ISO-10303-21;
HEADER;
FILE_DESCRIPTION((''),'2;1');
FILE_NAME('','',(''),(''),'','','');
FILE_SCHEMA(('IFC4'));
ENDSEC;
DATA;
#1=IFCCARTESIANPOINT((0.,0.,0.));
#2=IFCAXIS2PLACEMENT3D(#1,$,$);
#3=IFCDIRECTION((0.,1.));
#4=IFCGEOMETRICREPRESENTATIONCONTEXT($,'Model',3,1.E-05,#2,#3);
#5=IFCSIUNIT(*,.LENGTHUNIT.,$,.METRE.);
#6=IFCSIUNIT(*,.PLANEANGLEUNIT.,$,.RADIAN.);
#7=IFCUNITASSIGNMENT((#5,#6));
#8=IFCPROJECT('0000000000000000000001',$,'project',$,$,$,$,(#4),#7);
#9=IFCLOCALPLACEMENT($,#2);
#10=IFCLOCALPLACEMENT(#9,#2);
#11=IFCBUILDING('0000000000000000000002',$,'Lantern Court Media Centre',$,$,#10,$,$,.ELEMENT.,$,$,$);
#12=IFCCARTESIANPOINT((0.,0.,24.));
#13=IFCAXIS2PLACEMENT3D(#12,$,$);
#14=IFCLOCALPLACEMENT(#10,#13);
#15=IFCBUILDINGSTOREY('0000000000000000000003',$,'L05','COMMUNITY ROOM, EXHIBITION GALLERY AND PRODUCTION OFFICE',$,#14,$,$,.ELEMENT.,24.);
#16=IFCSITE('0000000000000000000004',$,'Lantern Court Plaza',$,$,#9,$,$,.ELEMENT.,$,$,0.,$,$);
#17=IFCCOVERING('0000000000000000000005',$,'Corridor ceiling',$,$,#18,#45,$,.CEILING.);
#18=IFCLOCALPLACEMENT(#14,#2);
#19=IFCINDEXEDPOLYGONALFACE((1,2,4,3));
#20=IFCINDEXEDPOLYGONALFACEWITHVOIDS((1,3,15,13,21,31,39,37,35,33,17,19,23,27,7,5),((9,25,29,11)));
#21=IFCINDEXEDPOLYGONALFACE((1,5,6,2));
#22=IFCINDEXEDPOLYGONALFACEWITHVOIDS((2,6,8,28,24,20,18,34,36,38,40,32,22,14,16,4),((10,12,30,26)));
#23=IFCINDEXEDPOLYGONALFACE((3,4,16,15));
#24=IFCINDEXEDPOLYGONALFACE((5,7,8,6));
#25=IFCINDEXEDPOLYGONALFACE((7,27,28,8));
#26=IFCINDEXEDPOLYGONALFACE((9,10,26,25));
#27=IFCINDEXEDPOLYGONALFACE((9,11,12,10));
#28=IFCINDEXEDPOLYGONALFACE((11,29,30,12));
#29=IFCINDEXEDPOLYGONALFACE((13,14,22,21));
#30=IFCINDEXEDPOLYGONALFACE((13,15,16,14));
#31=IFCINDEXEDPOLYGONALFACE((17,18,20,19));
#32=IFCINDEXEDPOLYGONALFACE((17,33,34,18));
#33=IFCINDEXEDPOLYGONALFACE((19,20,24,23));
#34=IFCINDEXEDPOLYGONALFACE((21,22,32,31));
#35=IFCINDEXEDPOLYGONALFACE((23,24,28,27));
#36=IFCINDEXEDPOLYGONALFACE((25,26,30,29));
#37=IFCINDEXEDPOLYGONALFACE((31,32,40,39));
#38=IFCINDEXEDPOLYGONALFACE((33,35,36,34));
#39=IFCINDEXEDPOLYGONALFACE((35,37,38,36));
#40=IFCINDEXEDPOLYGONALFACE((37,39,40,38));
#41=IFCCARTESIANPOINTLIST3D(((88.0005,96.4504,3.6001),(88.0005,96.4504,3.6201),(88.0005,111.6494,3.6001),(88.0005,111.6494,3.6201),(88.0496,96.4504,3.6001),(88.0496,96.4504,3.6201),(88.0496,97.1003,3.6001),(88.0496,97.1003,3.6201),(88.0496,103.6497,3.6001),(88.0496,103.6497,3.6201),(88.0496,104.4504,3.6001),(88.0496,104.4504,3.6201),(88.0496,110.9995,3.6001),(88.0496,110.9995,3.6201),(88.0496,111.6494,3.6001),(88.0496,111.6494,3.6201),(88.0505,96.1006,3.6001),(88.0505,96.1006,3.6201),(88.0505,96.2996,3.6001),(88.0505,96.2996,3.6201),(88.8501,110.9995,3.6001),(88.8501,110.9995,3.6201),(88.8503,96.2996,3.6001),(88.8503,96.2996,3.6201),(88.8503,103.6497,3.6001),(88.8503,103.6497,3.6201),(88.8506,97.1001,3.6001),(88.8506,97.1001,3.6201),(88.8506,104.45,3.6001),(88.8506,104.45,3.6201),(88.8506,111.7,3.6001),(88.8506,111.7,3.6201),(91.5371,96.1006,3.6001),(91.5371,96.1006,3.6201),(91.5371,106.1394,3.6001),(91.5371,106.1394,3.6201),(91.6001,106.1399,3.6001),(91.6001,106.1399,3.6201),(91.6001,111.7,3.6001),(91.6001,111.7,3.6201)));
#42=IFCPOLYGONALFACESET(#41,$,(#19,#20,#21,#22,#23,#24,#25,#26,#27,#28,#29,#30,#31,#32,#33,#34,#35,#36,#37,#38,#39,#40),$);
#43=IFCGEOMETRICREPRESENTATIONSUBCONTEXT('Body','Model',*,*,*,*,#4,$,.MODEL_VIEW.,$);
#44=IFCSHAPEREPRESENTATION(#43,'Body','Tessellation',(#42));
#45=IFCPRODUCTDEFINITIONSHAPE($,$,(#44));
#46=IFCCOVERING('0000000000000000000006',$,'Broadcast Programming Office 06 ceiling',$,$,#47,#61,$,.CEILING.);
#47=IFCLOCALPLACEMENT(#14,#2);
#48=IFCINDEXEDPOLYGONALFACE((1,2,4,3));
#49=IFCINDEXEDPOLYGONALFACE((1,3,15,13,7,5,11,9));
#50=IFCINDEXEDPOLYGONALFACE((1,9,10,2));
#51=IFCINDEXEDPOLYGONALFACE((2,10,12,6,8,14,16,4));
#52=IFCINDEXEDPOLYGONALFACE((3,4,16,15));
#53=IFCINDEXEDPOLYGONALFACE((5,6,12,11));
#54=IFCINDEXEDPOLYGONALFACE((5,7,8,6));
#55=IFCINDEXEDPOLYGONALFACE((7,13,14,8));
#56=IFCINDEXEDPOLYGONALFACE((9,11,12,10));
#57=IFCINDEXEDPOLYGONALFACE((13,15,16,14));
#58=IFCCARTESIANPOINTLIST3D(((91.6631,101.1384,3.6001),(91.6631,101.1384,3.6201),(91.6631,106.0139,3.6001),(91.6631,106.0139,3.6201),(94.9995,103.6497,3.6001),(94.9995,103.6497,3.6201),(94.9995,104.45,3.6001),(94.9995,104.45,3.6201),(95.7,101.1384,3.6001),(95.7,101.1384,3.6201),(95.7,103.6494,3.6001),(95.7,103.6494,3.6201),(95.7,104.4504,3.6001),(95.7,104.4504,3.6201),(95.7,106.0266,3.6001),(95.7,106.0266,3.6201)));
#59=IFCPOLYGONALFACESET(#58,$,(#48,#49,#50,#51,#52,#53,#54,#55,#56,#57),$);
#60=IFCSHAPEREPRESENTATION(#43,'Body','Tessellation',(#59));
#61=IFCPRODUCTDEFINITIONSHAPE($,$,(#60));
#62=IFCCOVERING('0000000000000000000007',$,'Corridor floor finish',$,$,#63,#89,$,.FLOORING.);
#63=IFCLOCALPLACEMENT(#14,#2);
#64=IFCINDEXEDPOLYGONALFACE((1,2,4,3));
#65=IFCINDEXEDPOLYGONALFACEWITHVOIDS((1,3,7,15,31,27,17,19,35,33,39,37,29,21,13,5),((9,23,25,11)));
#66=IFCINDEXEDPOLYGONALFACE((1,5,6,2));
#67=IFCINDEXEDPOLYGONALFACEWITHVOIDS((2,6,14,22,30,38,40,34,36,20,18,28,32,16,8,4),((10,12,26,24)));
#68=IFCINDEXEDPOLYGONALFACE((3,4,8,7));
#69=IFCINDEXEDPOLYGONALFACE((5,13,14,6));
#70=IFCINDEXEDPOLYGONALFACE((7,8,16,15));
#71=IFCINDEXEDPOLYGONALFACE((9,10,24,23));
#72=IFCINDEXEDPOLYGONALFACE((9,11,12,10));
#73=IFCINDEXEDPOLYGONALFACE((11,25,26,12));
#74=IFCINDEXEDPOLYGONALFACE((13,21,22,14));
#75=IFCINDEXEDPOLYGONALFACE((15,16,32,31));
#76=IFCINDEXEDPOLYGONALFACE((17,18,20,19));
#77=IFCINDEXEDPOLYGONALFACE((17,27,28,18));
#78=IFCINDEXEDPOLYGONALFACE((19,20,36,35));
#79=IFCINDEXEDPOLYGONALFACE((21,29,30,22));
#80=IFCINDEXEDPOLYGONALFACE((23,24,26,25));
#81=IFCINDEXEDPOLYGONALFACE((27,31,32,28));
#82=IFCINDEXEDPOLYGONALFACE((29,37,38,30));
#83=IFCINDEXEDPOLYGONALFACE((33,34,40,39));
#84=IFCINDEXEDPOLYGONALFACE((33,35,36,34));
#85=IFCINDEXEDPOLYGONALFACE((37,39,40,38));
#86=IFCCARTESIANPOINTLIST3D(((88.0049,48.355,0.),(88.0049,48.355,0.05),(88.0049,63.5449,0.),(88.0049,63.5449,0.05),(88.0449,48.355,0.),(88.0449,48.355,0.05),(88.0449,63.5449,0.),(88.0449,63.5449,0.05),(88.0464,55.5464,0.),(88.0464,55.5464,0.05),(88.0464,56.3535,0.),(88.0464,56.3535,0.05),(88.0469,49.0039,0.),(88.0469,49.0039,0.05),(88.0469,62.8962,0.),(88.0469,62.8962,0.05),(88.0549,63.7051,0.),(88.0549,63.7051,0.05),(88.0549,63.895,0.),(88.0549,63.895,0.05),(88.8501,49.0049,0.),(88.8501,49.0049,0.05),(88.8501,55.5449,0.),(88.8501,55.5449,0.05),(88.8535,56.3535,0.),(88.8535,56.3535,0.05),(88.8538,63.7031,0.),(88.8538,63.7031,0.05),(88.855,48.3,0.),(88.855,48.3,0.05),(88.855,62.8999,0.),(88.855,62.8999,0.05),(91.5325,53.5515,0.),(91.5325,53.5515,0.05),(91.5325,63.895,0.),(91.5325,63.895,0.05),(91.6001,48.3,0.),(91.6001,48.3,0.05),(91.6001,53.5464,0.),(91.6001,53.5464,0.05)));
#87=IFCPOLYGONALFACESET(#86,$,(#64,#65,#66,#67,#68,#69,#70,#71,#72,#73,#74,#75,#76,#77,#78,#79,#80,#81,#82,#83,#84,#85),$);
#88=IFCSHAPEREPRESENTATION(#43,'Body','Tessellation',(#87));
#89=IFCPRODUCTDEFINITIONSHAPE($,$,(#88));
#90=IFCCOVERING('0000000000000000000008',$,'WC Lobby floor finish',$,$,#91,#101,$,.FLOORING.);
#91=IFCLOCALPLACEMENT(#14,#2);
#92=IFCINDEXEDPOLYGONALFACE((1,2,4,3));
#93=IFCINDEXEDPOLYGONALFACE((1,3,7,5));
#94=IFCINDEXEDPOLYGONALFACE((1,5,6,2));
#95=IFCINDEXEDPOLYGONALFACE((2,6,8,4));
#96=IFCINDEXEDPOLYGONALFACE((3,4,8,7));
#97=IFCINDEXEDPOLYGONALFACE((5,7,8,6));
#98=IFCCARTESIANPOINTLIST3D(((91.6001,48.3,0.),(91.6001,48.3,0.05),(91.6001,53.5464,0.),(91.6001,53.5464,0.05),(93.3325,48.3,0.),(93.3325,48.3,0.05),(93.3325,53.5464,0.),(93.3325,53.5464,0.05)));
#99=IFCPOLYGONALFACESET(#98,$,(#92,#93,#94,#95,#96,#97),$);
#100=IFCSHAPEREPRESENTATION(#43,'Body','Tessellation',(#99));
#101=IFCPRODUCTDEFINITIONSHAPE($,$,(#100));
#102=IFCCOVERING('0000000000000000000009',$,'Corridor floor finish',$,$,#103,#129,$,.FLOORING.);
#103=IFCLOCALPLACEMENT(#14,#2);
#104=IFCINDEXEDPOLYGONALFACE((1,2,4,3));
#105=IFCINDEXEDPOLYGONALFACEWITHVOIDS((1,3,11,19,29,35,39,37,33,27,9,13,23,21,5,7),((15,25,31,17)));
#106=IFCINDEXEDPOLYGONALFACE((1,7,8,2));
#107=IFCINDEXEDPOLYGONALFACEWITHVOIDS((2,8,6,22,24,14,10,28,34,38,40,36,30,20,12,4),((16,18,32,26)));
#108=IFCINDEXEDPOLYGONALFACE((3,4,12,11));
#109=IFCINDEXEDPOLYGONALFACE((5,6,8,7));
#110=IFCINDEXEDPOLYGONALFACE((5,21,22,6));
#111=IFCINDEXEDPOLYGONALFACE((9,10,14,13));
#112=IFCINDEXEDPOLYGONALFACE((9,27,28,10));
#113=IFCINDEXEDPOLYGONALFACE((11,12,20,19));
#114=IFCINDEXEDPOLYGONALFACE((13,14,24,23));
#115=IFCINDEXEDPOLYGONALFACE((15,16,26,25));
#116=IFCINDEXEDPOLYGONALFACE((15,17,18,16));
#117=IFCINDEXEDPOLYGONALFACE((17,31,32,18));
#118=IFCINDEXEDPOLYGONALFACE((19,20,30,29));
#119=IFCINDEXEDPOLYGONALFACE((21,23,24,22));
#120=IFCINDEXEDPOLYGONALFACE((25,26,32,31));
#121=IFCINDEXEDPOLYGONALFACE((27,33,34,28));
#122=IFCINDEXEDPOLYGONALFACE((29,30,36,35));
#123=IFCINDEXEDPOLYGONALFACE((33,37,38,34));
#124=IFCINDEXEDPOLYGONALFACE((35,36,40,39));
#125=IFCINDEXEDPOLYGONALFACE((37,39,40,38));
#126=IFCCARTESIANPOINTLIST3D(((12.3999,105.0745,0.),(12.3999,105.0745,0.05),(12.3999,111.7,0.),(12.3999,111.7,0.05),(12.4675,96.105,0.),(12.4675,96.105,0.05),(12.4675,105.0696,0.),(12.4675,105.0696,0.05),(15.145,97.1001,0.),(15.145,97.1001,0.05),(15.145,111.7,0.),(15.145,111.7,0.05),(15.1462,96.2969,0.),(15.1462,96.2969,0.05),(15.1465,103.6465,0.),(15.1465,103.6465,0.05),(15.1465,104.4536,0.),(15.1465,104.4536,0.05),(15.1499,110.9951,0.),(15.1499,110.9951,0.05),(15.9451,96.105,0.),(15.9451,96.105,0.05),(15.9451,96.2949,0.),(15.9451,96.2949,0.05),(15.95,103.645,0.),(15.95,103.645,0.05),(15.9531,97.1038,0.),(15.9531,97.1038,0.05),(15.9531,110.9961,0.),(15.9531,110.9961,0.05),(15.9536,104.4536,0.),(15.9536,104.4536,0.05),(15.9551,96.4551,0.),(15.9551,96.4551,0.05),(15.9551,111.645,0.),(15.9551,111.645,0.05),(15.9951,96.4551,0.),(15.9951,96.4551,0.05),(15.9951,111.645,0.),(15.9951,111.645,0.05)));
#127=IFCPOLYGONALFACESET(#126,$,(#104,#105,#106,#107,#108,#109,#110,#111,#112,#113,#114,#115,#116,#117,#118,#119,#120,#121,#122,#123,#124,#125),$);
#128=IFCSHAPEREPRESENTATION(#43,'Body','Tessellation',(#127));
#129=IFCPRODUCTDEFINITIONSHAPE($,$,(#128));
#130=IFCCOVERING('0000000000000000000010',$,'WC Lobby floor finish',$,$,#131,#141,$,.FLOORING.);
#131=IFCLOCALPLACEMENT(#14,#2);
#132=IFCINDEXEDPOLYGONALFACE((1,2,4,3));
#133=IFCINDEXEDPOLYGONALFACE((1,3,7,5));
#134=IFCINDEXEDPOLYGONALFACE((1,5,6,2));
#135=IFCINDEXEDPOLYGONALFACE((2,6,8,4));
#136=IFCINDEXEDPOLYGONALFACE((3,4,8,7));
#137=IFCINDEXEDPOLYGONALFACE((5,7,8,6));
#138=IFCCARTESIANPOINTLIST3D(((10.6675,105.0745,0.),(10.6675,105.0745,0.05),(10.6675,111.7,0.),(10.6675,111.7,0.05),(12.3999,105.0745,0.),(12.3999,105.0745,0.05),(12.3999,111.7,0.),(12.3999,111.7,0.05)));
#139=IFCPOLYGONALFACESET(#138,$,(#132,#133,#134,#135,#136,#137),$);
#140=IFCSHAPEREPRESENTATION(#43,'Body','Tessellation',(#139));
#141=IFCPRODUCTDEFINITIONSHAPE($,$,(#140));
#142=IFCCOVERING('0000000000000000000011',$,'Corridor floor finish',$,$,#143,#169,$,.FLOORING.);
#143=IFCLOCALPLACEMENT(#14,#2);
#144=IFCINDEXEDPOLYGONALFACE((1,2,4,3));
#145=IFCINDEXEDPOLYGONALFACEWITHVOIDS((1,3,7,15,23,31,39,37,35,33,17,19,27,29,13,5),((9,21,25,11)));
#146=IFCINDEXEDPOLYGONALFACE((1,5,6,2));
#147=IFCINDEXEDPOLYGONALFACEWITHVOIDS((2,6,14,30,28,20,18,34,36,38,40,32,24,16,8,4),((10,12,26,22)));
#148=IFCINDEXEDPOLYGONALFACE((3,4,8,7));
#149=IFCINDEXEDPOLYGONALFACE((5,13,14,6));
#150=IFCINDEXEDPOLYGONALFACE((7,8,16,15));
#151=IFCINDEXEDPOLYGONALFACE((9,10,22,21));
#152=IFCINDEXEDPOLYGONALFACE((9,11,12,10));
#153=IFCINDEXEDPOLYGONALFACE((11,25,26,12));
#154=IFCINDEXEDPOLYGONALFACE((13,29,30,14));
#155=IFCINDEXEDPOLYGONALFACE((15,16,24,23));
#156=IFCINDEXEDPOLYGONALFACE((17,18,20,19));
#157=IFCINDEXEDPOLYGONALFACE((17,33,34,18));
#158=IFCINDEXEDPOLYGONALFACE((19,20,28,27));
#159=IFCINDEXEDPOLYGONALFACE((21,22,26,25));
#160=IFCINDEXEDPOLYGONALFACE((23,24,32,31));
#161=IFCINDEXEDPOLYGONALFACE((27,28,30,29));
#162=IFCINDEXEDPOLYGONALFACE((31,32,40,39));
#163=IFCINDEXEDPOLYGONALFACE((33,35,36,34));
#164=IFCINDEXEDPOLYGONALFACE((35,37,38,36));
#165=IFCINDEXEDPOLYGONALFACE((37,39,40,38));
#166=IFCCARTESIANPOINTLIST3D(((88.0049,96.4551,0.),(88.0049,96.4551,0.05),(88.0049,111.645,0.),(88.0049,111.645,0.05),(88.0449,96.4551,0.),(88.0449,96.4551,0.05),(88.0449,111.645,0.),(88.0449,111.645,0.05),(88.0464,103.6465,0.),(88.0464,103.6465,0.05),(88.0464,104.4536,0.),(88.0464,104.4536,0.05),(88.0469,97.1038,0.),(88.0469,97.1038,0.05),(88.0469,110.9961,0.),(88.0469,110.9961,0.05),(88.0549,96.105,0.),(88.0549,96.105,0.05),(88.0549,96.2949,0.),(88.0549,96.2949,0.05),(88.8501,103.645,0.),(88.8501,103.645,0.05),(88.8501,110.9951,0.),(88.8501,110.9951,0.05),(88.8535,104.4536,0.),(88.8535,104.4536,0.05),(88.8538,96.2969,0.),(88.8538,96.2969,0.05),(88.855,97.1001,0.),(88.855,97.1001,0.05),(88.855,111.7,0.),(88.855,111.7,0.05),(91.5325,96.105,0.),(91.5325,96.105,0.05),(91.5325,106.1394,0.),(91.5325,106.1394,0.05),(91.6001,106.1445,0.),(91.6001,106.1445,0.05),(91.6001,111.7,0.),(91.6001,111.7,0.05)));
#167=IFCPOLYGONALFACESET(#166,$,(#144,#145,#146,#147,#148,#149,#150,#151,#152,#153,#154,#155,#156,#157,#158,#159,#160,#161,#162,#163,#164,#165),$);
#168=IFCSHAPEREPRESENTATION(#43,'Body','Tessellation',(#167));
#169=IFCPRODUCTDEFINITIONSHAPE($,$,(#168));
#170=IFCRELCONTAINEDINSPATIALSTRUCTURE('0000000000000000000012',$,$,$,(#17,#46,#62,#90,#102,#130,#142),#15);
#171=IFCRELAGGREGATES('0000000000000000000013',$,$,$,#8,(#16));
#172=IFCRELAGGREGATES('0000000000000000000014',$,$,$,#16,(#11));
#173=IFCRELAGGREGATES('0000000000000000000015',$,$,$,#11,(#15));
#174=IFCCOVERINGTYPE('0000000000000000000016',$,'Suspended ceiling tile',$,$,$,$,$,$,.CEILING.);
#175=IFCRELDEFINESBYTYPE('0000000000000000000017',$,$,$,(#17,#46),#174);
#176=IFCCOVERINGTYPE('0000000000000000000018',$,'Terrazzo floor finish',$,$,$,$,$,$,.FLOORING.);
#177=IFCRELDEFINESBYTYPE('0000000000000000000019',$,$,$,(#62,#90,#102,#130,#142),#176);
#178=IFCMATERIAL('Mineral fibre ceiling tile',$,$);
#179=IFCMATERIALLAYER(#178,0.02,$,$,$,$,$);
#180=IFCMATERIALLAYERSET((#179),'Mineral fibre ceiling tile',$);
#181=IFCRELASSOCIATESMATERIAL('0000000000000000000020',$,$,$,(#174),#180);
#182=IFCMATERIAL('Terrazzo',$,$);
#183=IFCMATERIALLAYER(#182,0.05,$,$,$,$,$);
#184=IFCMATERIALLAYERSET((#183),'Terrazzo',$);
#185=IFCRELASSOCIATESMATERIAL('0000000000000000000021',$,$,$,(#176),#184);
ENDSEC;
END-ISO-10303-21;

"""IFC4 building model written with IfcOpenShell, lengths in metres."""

from ifc_helpers import new_model, si_unit, direction, frame, origin, place, context, subcontext, project, spatial, polyline, outline, extrude, material, layer, layer_set, type_object, element, save


model = new_model("IFC4")

# Units and contexts
model_context = context("Model", 3, precision=1e-05, world=origin(), true_north=direction((0.0, 1.0)))
body_context = subcontext(model_context, "Body", "Model", "MODEL_VIEW")
ifc_project = project(units=[si_unit("LENGTHUNIT", "METRE"), si_unit("PLANEANGLEUNIT", "RADIAN")], contexts=[model_context])

# Site, building, storey
site_placement = place(None, origin())
site = spatial("IfcSite", under=ifc_project, at=site_placement, Name="Lantern Court Plaza", CompositionType="ELEMENT", RefElevation=0.0)
building_placement = place(site_placement, origin())
building = spatial("IfcBuilding", under=site, at=building_placement, Name="Lantern Court Media Centre", CompositionType="ELEMENT")
storey_placement = place(building_placement, frame((0.0, 0.0, 24.0)))
storey = spatial("IfcBuildingStorey", under=building, at=storey_placement, Name="L05", Description="COMMUNITY ROOM, EXHIBITION GALLERY AND PRODUCTION OFFICE", CompositionType="ELEMENT", Elevation=24.0)

# Coverings
ifc_material_1 = material(Name="Mineral fibre ceiling tile")
ifc_layer_1 = layer(ifc_material_1, 0.02)
ifc_layer_set_1 = layer_set([ifc_layer_1], Name="Mineral fibre ceiling tile")
covering_type_1 = type_object("IfcCoveringType", Name="Suspended ceiling tile", PredefinedType="CEILING", material=ifc_layer_set_1)
covering_1_placement = place(storey_placement, frame((0.0, 0.0, 3.6001)))
element("IfcCovering", 1, at=covering_1_placement, inside=storey, type_object=covering_type_1, Name="Corridor ceiling", PredefinedType="CEILING", context=body_context, shape_type="SweptSolid", body=[
    extrude(outline(polyline([(91.6001, 111.7), (91.6001, 106.1399), (91.5371, 106.1394), (91.5371, 96.1006), (88.0505, 96.1006), (88.0505, 96.2996), (88.8503, 96.2996), (88.8506, 97.1001), (88.0496, 97.1003), (88.0496, 96.4504), (88.0005, 96.4504), (88.0005, 111.6494), (88.0496, 111.6494), (88.0496, 110.9995), (88.8501, 110.9995), (88.8506, 111.7), (91.6001, 111.7)]), holes=[polyline([(88.8506, 104.45), (88.0496, 104.4504), (88.0496, 103.6497), (88.8503, 103.6497), (88.8506, 104.45)])]), origin(), (0.0, 0.0, 1.0), 0.02),
])
covering_2_placement = place(storey_placement, frame((0.0, 0.0, 3.6001)))
element("IfcCovering", 2, at=covering_2_placement, inside=storey, type_object=covering_type_1, Name="Broadcast Programming Office 06 ceiling", PredefinedType="CEILING", context=body_context, shape_type="SweptSolid", body=[
    extrude(outline(polyline([(95.7, 101.1384), (91.6631, 101.1384), (91.6631, 106.0139), (95.7, 106.0266), (95.7, 104.4504), (94.9995, 104.45), (94.9995, 103.6497), (95.7, 103.6494), (95.7, 101.1384)])), origin(), (0.0, 0.0, 1.0), 0.02),
])
ifc_material_2 = material(Name="Terrazzo")
ifc_layer_2 = layer(ifc_material_2, 0.05)
ifc_layer_set_2 = layer_set([ifc_layer_2], Name="Terrazzo")
covering_type_2 = type_object("IfcCoveringType", Name="Terrazzo floor finish", PredefinedType="FLOORING", material=ifc_layer_set_2)
covering_3_placement = place(storey_placement, origin())
element("IfcCovering", 3, at=covering_3_placement, inside=storey, type_object=covering_type_2, Name="Corridor floor finish", PredefinedType="FLOORING", context=body_context, shape_type="SweptSolid", body=[
    extrude(outline(polyline([(91.6001, 48.3), (88.855, 48.3), (88.8501, 49.0049), (88.0469, 49.0039), (88.0449, 48.355), (88.0049, 48.355), (88.0049, 63.5449), (88.0449, 63.5449), (88.0469, 62.8962), (88.855, 62.8999), (88.8538, 63.7031), (88.0549, 63.7051), (88.0549, 63.895), (91.5325, 63.895), (91.5325, 53.5515), (91.6001, 53.5464), (91.6001, 48.3)]), holes=[polyline([(88.8501, 55.5449), (88.8535, 56.3535), (88.0464, 56.3535), (88.0464, 55.5464), (88.8501, 55.5449)])]), origin(), (0.0, 0.0, 1.0), 0.05),
])
covering_4_placement = place(storey_placement, origin())
element("IfcCovering", 4, at=covering_4_placement, inside=storey, type_object=covering_type_2, Name="WC Lobby floor finish", PredefinedType="FLOORING", context=body_context, shape_type="SweptSolid", body=[
    extrude(outline(polyline([(91.6001, 48.3), (91.6001, 53.5464), (93.3325, 53.5464), (93.3325, 48.3), (91.6001, 48.3)])), origin(), (0.0, 0.0, 1.0), 0.05),
])
covering_5_placement = place(storey_placement, origin())
element("IfcCovering", 5, at=covering_5_placement, inside=storey, type_object=covering_type_2, Name="Corridor floor finish", PredefinedType="FLOORING", context=body_context, shape_type="SweptSolid", body=[
    extrude(outline(polyline([(12.3999, 111.7), (15.145, 111.7), (15.1499, 110.9951), (15.9531, 110.9961), (15.9551, 111.645), (15.9951, 111.645), (15.9951, 96.4551), (15.9551, 96.4551), (15.9531, 97.1038), (15.145, 97.1001), (15.1462, 96.2969), (15.9451, 96.2949), (15.9451, 96.105), (12.4675, 96.105), (12.4675, 105.0696), (12.3999, 105.0745), (12.3999, 111.7)]), holes=[polyline([(15.95, 103.645), (15.9536, 104.4536), (15.1465, 104.4536), (15.1465, 103.6465), (15.95, 103.645)])]), origin(), (0.0, 0.0, 1.0), 0.05),
])
covering_6_placement = place(storey_placement, origin())
element("IfcCovering", 6, at=covering_6_placement, inside=storey, type_object=covering_type_2, Name="WC Lobby floor finish", PredefinedType="FLOORING", context=body_context, shape_type="SweptSolid", body=[
    extrude(outline(polyline([(12.3999, 111.7), (12.3999, 105.0745), (10.6675, 105.0745), (10.6675, 111.7), (12.3999, 111.7)])), origin(), (0.0, 0.0, 1.0), 0.05),
])
covering_7_placement = place(storey_placement, origin())
element("IfcCovering", 7, at=covering_7_placement, inside=storey, type_object=covering_type_2, Name="Corridor floor finish", PredefinedType="FLOORING", context=body_context, shape_type="SweptSolid", body=[
    extrude(outline(polyline([(91.6001, 111.7), (91.6001, 106.1445), (91.5325, 106.1394), (91.5325, 96.105), (88.0549, 96.105), (88.0549, 96.2949), (88.8538, 96.2969), (88.855, 97.1001), (88.0469, 97.1038), (88.0449, 96.4551), (88.0049, 96.4551), (88.0049, 111.645), (88.0449, 111.645), (88.0469, 110.9961), (88.8501, 110.9951), (88.855, 111.7), (91.6001, 111.7)]), holes=[polyline([(88.8501, 103.645), (88.8535, 104.4536), (88.0464, 104.4536), (88.0464, 103.6465), (88.8501, 103.645)])]), origin(), (0.0, 0.0, 1.0), 0.05),
])

save(model, "model.ifc")
